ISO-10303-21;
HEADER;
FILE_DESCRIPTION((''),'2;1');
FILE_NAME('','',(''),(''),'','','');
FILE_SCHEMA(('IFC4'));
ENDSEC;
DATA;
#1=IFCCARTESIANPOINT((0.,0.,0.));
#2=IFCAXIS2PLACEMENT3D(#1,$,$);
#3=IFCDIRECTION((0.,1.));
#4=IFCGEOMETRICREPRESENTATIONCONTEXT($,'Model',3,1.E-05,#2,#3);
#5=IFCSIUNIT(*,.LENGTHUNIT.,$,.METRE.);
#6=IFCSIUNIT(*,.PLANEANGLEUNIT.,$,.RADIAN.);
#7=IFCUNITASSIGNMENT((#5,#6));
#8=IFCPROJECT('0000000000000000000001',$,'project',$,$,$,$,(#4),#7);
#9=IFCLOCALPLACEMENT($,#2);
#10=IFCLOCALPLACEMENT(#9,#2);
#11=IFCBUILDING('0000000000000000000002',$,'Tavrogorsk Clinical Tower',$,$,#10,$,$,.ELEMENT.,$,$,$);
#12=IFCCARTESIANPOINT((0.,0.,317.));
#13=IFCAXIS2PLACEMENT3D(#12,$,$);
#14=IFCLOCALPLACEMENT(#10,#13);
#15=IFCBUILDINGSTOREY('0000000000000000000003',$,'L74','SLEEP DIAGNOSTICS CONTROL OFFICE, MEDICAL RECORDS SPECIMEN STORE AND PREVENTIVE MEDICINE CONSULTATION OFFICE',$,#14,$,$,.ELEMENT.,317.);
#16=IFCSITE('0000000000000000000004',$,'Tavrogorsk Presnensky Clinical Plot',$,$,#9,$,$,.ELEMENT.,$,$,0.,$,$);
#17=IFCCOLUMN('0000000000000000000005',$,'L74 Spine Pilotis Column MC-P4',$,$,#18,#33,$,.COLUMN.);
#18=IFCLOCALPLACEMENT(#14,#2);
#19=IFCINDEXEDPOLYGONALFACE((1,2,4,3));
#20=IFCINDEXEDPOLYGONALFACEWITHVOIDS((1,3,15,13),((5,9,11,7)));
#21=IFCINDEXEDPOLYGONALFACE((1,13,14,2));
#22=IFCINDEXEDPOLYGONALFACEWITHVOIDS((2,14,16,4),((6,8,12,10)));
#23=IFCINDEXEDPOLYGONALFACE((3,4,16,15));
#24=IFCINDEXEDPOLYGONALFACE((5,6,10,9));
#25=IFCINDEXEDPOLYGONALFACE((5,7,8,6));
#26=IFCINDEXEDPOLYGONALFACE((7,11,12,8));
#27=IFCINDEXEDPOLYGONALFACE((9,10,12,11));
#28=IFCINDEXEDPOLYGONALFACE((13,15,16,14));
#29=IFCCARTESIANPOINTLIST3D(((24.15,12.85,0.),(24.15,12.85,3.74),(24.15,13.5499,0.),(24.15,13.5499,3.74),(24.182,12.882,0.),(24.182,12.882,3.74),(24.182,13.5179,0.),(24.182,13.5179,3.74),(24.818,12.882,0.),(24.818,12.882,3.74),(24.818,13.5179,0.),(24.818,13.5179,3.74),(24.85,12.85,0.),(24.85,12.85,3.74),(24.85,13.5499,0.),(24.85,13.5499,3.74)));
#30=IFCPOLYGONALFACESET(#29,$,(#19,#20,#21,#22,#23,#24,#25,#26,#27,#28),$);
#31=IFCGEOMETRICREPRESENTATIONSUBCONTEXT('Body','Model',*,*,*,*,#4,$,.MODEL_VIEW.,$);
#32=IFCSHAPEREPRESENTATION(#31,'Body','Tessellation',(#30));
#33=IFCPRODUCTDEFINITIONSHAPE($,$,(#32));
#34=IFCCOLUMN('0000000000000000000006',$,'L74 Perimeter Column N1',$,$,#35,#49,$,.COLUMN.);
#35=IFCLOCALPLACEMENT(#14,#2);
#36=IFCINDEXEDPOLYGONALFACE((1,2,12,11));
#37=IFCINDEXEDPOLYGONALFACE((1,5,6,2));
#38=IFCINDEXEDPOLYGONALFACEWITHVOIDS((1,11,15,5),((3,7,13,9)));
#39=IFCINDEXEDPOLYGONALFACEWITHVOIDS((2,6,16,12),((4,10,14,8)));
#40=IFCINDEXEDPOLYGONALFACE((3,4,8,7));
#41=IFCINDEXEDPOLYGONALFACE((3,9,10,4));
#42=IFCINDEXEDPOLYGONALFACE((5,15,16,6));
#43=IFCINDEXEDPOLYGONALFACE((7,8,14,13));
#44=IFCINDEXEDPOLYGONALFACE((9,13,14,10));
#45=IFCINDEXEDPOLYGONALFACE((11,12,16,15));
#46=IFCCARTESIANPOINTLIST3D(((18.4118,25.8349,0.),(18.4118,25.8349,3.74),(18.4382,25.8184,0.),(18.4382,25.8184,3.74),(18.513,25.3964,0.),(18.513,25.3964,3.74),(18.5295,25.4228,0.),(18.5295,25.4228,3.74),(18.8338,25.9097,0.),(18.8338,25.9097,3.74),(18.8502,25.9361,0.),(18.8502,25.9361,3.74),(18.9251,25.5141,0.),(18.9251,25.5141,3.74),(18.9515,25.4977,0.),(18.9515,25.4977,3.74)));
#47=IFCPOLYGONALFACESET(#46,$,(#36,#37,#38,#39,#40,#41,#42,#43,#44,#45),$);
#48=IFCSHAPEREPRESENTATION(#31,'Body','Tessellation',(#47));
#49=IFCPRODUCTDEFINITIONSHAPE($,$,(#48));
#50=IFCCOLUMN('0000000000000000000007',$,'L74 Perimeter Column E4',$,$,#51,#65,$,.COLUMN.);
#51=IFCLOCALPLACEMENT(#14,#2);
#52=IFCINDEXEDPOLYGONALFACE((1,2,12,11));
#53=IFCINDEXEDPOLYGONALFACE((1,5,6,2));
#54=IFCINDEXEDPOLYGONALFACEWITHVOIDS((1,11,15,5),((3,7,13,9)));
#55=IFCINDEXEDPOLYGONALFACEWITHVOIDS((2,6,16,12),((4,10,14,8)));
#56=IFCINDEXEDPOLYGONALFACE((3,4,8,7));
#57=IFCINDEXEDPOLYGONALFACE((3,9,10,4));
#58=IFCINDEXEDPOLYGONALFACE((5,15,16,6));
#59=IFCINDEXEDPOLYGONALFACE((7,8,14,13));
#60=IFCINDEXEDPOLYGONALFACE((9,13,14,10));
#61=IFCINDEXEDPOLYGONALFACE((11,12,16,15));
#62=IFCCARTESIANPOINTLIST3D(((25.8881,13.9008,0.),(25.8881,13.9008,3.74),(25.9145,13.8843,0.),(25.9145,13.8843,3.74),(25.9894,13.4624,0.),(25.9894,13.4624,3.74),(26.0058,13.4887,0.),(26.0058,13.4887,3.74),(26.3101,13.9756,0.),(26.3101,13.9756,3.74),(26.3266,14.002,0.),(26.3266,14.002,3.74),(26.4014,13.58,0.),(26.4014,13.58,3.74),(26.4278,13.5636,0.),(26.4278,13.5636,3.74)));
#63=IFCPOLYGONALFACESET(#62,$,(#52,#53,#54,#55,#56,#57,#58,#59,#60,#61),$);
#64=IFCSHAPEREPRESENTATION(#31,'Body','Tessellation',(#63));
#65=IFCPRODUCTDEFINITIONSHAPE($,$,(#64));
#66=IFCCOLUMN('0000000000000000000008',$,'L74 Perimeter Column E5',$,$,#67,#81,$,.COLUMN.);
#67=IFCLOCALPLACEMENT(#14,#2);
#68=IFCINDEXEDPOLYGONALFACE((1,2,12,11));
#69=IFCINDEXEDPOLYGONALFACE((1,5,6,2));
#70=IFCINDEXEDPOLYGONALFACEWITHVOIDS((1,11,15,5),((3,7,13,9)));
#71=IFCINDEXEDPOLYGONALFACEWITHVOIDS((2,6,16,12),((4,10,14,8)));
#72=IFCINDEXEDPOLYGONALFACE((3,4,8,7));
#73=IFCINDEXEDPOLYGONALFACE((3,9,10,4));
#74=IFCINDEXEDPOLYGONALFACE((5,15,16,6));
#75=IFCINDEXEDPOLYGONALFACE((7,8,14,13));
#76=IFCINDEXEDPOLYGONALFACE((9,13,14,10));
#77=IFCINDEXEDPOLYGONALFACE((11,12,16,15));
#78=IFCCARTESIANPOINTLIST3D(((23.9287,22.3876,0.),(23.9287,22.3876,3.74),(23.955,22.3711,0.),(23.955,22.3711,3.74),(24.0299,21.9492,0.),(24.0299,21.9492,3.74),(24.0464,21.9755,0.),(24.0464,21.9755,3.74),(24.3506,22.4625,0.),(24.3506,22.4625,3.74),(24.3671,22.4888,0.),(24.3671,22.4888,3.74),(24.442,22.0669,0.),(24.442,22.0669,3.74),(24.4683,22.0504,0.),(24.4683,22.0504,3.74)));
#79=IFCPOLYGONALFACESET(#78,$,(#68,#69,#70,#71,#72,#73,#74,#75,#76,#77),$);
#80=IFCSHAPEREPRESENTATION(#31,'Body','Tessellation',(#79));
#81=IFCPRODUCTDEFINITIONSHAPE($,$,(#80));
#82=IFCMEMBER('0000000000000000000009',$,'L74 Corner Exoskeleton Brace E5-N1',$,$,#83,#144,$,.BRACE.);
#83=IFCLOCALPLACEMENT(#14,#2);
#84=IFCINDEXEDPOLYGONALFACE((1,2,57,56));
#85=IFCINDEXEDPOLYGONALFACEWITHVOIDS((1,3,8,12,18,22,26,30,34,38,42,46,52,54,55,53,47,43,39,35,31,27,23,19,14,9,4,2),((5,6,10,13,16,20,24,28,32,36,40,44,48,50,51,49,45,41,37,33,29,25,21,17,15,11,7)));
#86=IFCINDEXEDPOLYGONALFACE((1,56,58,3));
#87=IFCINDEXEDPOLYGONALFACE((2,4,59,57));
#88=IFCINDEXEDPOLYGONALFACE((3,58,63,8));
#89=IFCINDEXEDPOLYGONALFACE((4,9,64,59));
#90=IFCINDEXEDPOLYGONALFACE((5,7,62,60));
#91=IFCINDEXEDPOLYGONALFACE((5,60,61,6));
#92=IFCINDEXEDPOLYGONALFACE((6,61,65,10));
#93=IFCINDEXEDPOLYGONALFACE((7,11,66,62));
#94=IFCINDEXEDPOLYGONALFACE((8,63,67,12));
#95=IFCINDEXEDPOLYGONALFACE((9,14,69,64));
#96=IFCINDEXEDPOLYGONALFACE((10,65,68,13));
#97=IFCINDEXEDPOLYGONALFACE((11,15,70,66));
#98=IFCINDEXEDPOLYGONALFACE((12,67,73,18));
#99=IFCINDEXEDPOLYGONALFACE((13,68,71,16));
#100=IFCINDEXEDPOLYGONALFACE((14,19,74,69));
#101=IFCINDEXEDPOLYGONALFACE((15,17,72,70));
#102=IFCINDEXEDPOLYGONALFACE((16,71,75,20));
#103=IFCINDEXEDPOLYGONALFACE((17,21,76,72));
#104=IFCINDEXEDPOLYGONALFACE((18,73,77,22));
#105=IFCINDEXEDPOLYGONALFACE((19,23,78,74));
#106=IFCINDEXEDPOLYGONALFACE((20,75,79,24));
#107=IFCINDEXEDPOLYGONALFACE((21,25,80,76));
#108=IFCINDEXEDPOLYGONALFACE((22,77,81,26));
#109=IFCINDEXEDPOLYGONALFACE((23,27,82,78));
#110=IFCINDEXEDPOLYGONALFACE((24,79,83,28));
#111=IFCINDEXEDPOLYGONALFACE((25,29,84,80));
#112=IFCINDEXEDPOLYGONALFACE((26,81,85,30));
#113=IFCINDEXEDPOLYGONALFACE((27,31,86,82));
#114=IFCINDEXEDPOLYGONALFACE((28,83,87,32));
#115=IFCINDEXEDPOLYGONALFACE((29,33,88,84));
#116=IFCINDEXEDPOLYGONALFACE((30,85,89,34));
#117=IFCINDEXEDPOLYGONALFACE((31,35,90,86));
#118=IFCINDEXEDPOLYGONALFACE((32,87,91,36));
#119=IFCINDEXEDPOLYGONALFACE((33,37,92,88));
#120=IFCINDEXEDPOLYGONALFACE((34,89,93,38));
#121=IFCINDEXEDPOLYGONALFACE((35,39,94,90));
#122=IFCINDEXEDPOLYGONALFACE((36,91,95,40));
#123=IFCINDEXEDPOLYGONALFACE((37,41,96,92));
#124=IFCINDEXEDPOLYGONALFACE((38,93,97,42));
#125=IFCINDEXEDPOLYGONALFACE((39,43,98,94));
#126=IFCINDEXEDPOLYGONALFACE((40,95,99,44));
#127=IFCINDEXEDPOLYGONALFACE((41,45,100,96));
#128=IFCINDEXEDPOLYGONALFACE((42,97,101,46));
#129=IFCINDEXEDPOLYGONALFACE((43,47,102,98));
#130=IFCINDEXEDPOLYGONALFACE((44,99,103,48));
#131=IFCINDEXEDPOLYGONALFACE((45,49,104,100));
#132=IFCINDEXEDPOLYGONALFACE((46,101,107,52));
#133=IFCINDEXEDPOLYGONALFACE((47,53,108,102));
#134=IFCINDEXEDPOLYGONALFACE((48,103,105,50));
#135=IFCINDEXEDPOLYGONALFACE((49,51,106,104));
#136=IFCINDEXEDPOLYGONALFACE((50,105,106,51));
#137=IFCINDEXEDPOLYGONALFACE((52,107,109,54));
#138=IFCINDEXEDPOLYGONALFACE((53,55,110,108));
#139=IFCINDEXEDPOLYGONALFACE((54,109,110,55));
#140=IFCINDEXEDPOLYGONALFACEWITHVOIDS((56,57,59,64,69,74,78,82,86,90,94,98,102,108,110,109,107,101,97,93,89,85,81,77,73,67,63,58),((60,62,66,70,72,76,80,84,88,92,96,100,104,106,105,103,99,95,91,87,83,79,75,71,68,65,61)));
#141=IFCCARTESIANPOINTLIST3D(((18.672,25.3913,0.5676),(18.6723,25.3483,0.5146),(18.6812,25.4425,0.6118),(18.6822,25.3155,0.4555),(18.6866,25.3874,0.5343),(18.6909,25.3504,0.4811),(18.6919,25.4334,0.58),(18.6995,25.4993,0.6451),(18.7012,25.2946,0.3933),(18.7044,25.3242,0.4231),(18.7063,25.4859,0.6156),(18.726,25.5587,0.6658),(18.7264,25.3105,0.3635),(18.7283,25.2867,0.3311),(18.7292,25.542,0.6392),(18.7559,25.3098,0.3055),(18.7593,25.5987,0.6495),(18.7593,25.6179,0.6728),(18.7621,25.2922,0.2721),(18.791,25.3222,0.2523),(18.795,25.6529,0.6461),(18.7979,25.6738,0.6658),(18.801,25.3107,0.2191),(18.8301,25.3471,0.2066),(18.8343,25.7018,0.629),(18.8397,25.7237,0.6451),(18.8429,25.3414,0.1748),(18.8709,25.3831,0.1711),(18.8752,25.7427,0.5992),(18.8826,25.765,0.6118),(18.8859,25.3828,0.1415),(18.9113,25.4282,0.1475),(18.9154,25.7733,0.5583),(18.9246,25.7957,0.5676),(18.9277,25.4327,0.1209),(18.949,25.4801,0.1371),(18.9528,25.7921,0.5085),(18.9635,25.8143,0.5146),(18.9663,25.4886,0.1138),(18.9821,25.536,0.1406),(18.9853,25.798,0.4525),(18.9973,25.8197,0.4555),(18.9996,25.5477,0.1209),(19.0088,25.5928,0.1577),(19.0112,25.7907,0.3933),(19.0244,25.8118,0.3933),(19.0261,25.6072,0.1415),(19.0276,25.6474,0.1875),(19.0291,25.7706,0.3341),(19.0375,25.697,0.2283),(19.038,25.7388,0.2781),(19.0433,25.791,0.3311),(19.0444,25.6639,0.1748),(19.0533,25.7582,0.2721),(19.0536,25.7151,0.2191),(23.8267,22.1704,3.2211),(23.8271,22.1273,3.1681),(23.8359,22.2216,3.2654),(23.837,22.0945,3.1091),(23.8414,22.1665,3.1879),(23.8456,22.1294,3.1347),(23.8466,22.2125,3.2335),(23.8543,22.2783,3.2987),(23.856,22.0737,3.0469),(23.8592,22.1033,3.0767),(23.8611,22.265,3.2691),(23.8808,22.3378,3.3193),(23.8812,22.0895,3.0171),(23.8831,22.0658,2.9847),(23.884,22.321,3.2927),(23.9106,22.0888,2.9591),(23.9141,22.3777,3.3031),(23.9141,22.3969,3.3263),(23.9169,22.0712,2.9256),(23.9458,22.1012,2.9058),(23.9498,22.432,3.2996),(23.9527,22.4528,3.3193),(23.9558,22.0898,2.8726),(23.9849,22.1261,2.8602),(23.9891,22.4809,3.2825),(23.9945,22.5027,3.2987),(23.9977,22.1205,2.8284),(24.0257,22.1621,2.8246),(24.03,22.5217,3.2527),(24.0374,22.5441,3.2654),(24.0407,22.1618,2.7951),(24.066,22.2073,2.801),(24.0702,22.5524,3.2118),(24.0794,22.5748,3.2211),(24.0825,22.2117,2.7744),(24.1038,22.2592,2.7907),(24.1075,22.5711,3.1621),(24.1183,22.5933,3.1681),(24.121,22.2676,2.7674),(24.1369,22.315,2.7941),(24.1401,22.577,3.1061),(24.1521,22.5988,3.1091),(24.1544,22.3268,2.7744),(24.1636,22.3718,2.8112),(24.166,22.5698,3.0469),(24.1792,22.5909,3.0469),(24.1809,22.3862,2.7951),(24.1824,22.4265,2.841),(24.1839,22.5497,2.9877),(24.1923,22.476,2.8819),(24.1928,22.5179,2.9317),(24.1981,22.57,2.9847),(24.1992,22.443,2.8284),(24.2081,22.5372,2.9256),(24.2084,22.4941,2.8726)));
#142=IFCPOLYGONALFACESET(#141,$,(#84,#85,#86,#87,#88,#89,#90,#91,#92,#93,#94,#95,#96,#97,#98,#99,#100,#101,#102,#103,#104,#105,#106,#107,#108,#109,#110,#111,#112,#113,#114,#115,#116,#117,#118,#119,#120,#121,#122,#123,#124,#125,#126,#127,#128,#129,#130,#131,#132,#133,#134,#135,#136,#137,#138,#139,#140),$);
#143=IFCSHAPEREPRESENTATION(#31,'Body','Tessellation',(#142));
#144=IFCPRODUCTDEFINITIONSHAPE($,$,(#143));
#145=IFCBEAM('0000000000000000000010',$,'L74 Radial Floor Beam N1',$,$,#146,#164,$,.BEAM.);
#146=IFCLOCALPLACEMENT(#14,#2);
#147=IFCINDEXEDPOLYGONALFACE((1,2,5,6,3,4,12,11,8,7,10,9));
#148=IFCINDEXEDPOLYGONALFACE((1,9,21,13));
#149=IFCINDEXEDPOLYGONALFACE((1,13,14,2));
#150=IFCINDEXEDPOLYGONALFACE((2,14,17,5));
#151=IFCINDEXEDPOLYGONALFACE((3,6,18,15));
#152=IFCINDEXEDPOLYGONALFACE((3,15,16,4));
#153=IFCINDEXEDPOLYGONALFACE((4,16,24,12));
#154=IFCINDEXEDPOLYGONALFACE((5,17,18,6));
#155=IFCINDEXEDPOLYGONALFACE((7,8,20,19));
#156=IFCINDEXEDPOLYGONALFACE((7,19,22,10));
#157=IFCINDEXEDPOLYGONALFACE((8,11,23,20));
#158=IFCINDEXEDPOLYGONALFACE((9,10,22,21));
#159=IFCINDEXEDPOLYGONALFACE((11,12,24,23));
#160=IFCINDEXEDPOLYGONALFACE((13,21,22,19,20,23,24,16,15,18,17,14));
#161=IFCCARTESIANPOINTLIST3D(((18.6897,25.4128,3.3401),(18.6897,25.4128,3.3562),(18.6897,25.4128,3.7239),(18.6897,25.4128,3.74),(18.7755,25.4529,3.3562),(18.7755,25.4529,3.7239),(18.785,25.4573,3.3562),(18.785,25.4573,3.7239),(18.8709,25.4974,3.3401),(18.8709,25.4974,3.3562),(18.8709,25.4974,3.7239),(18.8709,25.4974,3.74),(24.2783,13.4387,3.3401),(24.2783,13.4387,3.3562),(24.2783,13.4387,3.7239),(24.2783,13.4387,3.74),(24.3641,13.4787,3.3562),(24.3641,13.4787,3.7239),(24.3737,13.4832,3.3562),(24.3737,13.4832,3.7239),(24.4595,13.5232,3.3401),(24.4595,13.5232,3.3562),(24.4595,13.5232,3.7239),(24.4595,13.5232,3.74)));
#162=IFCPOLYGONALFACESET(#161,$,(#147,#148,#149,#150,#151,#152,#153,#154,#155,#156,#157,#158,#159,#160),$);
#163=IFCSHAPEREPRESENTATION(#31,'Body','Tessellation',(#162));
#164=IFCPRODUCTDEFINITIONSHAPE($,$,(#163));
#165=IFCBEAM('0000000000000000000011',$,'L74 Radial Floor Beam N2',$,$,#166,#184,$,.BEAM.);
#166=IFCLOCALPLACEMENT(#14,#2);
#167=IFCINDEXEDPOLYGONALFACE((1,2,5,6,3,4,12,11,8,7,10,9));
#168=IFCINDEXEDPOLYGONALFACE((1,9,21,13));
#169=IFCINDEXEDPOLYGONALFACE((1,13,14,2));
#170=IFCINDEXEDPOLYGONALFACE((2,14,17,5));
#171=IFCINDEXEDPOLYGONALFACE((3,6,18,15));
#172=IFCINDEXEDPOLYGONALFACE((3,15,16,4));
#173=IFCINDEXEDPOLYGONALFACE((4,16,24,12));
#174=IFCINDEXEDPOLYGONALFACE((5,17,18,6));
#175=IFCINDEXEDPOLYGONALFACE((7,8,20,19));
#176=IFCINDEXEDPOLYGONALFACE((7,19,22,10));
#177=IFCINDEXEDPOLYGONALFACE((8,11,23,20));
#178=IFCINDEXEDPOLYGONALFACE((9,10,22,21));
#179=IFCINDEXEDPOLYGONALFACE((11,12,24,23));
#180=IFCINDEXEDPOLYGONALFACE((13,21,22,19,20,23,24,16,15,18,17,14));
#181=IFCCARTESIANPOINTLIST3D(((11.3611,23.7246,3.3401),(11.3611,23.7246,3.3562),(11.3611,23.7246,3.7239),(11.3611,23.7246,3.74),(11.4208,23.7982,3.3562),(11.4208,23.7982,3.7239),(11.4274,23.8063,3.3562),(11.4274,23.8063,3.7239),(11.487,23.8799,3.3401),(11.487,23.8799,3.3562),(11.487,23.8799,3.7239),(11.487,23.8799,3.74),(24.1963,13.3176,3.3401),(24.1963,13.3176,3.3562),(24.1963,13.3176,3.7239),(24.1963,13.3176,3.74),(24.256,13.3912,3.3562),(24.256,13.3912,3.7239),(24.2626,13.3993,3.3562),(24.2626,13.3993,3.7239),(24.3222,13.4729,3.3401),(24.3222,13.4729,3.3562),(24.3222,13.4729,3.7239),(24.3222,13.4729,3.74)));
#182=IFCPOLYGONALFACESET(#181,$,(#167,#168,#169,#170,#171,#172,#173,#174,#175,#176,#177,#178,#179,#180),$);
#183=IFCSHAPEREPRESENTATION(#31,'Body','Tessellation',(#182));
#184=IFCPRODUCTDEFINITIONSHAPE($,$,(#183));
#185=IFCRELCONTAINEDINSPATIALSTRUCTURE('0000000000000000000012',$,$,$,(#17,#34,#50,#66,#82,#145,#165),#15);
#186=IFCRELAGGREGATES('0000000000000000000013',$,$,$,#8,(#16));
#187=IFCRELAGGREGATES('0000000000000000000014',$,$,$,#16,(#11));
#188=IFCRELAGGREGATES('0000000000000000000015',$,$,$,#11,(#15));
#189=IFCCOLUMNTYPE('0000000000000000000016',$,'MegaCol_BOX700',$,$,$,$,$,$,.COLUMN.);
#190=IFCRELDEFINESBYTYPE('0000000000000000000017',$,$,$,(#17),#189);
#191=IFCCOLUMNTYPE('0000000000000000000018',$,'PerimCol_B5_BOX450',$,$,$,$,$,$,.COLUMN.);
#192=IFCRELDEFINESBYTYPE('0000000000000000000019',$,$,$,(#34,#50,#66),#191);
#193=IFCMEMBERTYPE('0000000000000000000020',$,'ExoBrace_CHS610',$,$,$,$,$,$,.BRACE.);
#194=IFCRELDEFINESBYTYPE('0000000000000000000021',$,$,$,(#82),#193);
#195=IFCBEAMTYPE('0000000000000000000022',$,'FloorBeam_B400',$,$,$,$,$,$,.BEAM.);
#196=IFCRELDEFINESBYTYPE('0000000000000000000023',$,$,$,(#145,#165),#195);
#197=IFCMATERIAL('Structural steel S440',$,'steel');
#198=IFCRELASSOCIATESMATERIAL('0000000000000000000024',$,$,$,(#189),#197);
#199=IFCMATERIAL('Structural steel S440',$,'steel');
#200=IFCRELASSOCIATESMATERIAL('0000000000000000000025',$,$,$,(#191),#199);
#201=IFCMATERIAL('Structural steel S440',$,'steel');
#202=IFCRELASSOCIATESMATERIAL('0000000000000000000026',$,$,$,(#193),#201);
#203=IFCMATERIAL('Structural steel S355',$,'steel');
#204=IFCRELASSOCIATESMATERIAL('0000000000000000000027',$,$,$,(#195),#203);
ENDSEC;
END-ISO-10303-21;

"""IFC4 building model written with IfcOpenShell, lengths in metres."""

from ifc_helpers import new_model, si_unit, direction, frame, origin, origin_2d, place, context, subcontext, project, spatial, hollow_rectangle, hollow_circle, i_section, extrude, material, material_profile, profile_set, type_object, element, save


model = new_model("IFC4")

# Units and contexts
model_context = context("Model", 3, precision=1e-05, world=origin(), true_north=direction((0.0, 1.0)))
body_context = subcontext(model_context, "Body", "Model", "MODEL_VIEW")
ifc_project = project(units=[si_unit("LENGTHUNIT", "METRE"), si_unit("PLANEANGLEUNIT", "RADIAN")], contexts=[model_context])

# Site, building, storey
site_placement = place(None, origin())
site = spatial("IfcSite", under=ifc_project, at=site_placement, Name="Tavrogorsk Presnensky Clinical Plot", CompositionType="ELEMENT", RefElevation=0.0)
building_placement = place(site_placement, origin())
building = spatial("IfcBuilding", under=site, at=building_placement, Name="Tavrogorsk Clinical Tower", CompositionType="ELEMENT")
storey_placement = place(building_placement, frame((0.0, 0.0, 317.0)))
storey = spatial("IfcBuildingStorey", under=building, at=storey_placement, Name="L74", Description="SLEEP DIAGNOSTICS CONTROL OFFICE, MEDICAL RECORDS SPECIMEN STORE AND PREVENTIVE MEDICINE CONSULTATION OFFICE", CompositionType="ELEMENT", Elevation=317.0)

# Columns
ifc_material_1 = material(Name="Structural steel S440", Category="steel")
ifc_material_profile_1 = material_profile(ifc_material_1, hollow_rectangle(XDim=0.7, YDim=0.7, WallThickness=0.032, at=origin_2d()), Name="BOX-700x700x32")
ifc_profile_set_1 = profile_set([ifc_material_profile_1], Name="Structural steel S440")
column_type_1 = type_object("IfcColumnType", Name="MegaCol_BOX700", PredefinedType="COLUMN", material=ifc_profile_set_1)
column_placement = place(storey_placement, frame((24.5, 13.2, 0.0), z_axis=(0.0, 0.0, 1.0), x_axis=(1.0, 0.0, 0.0)))
element("IfcColumn", 1, at=column_placement, inside=storey, type_object=column_type_1, Name="L74 Spine Pilotis Column MC-P4", PredefinedType="COLUMN", context=body_context, shape_type="SweptSolid", body=[
    extrude(hollow_rectangle(XDim=0.7, YDim=0.7, WallThickness=0.032, at=origin_2d()), origin(), (0.0, 0.0, 1.0), 3.74),
])
ifc_material_2 = material(Name="Structural steel S440", Category="steel")
ifc_material_profile_2 = material_profile(ifc_material_2, hollow_rectangle(XDim=0.45, YDim=0.45, WallThickness=0.022, at=origin_2d()), Name="BOX-450x450x22")
ifc_profile_set_2 = profile_set([ifc_material_profile_2], Name="Structural steel S440")
column_type_2 = type_object("IfcColumnType", Name="PerimCol_B5_BOX450", PredefinedType="COLUMN", material=ifc_profile_set_2)
for number, where, z_axis, x_axis, name in (
    (2, (18.6816, 25.6663, 0.0), (0.0, 0.0, 1.0), (0.97437, 0.224951, 0.0), "L74 Perimeter Column N1"),
    (3, (26.158, 13.7322, 0.0), (0.0, 0.0, 1.0), (0.97437, 0.224951, 0.0), "L74 Perimeter Column E4"),
    (4, (24.1985, 22.219, 0.0), (0.0, 0.0, 1.0), (0.97437, 0.224951, 0.0), "L74 Perimeter Column E5"),
):
    element("IfcColumn", number, at=place(storey_placement, frame(where, z_axis=z_axis, x_axis=x_axis)), inside=storey, type_object=column_type_2, Name=name, PredefinedType="COLUMN", context=body_context, shape_type="SweptSolid", body=[
        extrude(hollow_rectangle(XDim=0.45, YDim=0.45, WallThickness=0.022, at=origin_2d()), origin(), (0.0, 0.0, 1.0), 3.74),
    ])

# Member
ifc_material_3 = material(Name="Structural steel S440", Category="steel")
ifc_material_profile_3 = material_profile(ifc_material_3, hollow_circle(Radius=0.3049, WallThickness=0.0249, at=origin_2d()), Name="CHS-610x25")
ifc_profile_set_3 = profile_set([ifc_material_profile_3], Name="Structural steel S440")
member_type_1 = type_object("IfcMemberType", Name="ExoBrace_CHS610", PredefinedType="BRACE", material=ifc_profile_set_3)
member_placement = place(storey_placement, frame((18.8628, 25.5532, 0.3933), z_axis=(0.777222, -0.485644, 0.400096), x_axis=(0.529905, 0.848057, 0.0)))
element("IfcMember", 5, at=member_placement, inside=storey, type_object=member_type_1, Name="L74 Corner Exoskeleton Brace E5-N1", PredefinedType="BRACE", context=body_context, shape_type="SweptSolid", body=[
    extrude(hollow_circle(Radius=0.3049, WallThickness=0.0249, at=origin_2d()), origin(), (0.0, 0.0, 1.0), 6.6323),
])

# Beams
ifc_material_4 = material(Name="Structural steel S355", Category="steel")
ifc_material_profile_4 = material_profile(ifc_material_4, i_section(OverallWidth=0.2, OverallDepth=0.3999, WebThickness=0.0105, FlangeThickness=0.0161, at=origin_2d()), Name="B-400x200x10.5x16")
ifc_profile_set_4 = profile_set([ifc_material_profile_4], Name="Structural steel S355")
beam_type_1 = type_object("IfcBeamType", Name="FloorBeam_B400", PredefinedType="BEAM", material=ifc_profile_set_4)
beam_1_placement = place(storey_placement, frame((24.3689, 13.481, 3.54), z_axis=(-0.422929, 0.906163, 0.0), x_axis=(-0.906163, -0.422929, 0.0)))
element("IfcBeam", 6, at=beam_1_placement, inside=storey, type_object=beam_type_1, Name="L74 Radial Floor Beam N1", PredefinedType="BEAM", context=body_context, shape_type="SweptSolid", body=[
    extrude(i_section(OverallWidth=0.2, OverallDepth=0.3999, WebThickness=0.0105, FlangeThickness=0.0161, at=origin_2d()), origin(), (0.0, 0.0, 1.0), 13.2141),
])
beam_2_placement = place(storey_placement, frame((24.2593, 13.3953, 3.54), z_axis=(-0.776754, 0.629804, 0.0), x_axis=(-0.629804, -0.776754, 0.0)))
element("IfcBeam", 7, at=beam_2_placement, inside=storey, type_object=beam_type_1, Name="L74 Radial Floor Beam N2", PredefinedType="BEAM", context=body_context, shape_type="SweptSolid", body=[
    extrude(i_section(OverallWidth=0.2, OverallDepth=0.3999, WebThickness=0.0105, FlangeThickness=0.0161, at=origin_2d()), origin(), (0.0, 0.0, 1.0), 16.5242),
])

save(model, "model.ifc")
